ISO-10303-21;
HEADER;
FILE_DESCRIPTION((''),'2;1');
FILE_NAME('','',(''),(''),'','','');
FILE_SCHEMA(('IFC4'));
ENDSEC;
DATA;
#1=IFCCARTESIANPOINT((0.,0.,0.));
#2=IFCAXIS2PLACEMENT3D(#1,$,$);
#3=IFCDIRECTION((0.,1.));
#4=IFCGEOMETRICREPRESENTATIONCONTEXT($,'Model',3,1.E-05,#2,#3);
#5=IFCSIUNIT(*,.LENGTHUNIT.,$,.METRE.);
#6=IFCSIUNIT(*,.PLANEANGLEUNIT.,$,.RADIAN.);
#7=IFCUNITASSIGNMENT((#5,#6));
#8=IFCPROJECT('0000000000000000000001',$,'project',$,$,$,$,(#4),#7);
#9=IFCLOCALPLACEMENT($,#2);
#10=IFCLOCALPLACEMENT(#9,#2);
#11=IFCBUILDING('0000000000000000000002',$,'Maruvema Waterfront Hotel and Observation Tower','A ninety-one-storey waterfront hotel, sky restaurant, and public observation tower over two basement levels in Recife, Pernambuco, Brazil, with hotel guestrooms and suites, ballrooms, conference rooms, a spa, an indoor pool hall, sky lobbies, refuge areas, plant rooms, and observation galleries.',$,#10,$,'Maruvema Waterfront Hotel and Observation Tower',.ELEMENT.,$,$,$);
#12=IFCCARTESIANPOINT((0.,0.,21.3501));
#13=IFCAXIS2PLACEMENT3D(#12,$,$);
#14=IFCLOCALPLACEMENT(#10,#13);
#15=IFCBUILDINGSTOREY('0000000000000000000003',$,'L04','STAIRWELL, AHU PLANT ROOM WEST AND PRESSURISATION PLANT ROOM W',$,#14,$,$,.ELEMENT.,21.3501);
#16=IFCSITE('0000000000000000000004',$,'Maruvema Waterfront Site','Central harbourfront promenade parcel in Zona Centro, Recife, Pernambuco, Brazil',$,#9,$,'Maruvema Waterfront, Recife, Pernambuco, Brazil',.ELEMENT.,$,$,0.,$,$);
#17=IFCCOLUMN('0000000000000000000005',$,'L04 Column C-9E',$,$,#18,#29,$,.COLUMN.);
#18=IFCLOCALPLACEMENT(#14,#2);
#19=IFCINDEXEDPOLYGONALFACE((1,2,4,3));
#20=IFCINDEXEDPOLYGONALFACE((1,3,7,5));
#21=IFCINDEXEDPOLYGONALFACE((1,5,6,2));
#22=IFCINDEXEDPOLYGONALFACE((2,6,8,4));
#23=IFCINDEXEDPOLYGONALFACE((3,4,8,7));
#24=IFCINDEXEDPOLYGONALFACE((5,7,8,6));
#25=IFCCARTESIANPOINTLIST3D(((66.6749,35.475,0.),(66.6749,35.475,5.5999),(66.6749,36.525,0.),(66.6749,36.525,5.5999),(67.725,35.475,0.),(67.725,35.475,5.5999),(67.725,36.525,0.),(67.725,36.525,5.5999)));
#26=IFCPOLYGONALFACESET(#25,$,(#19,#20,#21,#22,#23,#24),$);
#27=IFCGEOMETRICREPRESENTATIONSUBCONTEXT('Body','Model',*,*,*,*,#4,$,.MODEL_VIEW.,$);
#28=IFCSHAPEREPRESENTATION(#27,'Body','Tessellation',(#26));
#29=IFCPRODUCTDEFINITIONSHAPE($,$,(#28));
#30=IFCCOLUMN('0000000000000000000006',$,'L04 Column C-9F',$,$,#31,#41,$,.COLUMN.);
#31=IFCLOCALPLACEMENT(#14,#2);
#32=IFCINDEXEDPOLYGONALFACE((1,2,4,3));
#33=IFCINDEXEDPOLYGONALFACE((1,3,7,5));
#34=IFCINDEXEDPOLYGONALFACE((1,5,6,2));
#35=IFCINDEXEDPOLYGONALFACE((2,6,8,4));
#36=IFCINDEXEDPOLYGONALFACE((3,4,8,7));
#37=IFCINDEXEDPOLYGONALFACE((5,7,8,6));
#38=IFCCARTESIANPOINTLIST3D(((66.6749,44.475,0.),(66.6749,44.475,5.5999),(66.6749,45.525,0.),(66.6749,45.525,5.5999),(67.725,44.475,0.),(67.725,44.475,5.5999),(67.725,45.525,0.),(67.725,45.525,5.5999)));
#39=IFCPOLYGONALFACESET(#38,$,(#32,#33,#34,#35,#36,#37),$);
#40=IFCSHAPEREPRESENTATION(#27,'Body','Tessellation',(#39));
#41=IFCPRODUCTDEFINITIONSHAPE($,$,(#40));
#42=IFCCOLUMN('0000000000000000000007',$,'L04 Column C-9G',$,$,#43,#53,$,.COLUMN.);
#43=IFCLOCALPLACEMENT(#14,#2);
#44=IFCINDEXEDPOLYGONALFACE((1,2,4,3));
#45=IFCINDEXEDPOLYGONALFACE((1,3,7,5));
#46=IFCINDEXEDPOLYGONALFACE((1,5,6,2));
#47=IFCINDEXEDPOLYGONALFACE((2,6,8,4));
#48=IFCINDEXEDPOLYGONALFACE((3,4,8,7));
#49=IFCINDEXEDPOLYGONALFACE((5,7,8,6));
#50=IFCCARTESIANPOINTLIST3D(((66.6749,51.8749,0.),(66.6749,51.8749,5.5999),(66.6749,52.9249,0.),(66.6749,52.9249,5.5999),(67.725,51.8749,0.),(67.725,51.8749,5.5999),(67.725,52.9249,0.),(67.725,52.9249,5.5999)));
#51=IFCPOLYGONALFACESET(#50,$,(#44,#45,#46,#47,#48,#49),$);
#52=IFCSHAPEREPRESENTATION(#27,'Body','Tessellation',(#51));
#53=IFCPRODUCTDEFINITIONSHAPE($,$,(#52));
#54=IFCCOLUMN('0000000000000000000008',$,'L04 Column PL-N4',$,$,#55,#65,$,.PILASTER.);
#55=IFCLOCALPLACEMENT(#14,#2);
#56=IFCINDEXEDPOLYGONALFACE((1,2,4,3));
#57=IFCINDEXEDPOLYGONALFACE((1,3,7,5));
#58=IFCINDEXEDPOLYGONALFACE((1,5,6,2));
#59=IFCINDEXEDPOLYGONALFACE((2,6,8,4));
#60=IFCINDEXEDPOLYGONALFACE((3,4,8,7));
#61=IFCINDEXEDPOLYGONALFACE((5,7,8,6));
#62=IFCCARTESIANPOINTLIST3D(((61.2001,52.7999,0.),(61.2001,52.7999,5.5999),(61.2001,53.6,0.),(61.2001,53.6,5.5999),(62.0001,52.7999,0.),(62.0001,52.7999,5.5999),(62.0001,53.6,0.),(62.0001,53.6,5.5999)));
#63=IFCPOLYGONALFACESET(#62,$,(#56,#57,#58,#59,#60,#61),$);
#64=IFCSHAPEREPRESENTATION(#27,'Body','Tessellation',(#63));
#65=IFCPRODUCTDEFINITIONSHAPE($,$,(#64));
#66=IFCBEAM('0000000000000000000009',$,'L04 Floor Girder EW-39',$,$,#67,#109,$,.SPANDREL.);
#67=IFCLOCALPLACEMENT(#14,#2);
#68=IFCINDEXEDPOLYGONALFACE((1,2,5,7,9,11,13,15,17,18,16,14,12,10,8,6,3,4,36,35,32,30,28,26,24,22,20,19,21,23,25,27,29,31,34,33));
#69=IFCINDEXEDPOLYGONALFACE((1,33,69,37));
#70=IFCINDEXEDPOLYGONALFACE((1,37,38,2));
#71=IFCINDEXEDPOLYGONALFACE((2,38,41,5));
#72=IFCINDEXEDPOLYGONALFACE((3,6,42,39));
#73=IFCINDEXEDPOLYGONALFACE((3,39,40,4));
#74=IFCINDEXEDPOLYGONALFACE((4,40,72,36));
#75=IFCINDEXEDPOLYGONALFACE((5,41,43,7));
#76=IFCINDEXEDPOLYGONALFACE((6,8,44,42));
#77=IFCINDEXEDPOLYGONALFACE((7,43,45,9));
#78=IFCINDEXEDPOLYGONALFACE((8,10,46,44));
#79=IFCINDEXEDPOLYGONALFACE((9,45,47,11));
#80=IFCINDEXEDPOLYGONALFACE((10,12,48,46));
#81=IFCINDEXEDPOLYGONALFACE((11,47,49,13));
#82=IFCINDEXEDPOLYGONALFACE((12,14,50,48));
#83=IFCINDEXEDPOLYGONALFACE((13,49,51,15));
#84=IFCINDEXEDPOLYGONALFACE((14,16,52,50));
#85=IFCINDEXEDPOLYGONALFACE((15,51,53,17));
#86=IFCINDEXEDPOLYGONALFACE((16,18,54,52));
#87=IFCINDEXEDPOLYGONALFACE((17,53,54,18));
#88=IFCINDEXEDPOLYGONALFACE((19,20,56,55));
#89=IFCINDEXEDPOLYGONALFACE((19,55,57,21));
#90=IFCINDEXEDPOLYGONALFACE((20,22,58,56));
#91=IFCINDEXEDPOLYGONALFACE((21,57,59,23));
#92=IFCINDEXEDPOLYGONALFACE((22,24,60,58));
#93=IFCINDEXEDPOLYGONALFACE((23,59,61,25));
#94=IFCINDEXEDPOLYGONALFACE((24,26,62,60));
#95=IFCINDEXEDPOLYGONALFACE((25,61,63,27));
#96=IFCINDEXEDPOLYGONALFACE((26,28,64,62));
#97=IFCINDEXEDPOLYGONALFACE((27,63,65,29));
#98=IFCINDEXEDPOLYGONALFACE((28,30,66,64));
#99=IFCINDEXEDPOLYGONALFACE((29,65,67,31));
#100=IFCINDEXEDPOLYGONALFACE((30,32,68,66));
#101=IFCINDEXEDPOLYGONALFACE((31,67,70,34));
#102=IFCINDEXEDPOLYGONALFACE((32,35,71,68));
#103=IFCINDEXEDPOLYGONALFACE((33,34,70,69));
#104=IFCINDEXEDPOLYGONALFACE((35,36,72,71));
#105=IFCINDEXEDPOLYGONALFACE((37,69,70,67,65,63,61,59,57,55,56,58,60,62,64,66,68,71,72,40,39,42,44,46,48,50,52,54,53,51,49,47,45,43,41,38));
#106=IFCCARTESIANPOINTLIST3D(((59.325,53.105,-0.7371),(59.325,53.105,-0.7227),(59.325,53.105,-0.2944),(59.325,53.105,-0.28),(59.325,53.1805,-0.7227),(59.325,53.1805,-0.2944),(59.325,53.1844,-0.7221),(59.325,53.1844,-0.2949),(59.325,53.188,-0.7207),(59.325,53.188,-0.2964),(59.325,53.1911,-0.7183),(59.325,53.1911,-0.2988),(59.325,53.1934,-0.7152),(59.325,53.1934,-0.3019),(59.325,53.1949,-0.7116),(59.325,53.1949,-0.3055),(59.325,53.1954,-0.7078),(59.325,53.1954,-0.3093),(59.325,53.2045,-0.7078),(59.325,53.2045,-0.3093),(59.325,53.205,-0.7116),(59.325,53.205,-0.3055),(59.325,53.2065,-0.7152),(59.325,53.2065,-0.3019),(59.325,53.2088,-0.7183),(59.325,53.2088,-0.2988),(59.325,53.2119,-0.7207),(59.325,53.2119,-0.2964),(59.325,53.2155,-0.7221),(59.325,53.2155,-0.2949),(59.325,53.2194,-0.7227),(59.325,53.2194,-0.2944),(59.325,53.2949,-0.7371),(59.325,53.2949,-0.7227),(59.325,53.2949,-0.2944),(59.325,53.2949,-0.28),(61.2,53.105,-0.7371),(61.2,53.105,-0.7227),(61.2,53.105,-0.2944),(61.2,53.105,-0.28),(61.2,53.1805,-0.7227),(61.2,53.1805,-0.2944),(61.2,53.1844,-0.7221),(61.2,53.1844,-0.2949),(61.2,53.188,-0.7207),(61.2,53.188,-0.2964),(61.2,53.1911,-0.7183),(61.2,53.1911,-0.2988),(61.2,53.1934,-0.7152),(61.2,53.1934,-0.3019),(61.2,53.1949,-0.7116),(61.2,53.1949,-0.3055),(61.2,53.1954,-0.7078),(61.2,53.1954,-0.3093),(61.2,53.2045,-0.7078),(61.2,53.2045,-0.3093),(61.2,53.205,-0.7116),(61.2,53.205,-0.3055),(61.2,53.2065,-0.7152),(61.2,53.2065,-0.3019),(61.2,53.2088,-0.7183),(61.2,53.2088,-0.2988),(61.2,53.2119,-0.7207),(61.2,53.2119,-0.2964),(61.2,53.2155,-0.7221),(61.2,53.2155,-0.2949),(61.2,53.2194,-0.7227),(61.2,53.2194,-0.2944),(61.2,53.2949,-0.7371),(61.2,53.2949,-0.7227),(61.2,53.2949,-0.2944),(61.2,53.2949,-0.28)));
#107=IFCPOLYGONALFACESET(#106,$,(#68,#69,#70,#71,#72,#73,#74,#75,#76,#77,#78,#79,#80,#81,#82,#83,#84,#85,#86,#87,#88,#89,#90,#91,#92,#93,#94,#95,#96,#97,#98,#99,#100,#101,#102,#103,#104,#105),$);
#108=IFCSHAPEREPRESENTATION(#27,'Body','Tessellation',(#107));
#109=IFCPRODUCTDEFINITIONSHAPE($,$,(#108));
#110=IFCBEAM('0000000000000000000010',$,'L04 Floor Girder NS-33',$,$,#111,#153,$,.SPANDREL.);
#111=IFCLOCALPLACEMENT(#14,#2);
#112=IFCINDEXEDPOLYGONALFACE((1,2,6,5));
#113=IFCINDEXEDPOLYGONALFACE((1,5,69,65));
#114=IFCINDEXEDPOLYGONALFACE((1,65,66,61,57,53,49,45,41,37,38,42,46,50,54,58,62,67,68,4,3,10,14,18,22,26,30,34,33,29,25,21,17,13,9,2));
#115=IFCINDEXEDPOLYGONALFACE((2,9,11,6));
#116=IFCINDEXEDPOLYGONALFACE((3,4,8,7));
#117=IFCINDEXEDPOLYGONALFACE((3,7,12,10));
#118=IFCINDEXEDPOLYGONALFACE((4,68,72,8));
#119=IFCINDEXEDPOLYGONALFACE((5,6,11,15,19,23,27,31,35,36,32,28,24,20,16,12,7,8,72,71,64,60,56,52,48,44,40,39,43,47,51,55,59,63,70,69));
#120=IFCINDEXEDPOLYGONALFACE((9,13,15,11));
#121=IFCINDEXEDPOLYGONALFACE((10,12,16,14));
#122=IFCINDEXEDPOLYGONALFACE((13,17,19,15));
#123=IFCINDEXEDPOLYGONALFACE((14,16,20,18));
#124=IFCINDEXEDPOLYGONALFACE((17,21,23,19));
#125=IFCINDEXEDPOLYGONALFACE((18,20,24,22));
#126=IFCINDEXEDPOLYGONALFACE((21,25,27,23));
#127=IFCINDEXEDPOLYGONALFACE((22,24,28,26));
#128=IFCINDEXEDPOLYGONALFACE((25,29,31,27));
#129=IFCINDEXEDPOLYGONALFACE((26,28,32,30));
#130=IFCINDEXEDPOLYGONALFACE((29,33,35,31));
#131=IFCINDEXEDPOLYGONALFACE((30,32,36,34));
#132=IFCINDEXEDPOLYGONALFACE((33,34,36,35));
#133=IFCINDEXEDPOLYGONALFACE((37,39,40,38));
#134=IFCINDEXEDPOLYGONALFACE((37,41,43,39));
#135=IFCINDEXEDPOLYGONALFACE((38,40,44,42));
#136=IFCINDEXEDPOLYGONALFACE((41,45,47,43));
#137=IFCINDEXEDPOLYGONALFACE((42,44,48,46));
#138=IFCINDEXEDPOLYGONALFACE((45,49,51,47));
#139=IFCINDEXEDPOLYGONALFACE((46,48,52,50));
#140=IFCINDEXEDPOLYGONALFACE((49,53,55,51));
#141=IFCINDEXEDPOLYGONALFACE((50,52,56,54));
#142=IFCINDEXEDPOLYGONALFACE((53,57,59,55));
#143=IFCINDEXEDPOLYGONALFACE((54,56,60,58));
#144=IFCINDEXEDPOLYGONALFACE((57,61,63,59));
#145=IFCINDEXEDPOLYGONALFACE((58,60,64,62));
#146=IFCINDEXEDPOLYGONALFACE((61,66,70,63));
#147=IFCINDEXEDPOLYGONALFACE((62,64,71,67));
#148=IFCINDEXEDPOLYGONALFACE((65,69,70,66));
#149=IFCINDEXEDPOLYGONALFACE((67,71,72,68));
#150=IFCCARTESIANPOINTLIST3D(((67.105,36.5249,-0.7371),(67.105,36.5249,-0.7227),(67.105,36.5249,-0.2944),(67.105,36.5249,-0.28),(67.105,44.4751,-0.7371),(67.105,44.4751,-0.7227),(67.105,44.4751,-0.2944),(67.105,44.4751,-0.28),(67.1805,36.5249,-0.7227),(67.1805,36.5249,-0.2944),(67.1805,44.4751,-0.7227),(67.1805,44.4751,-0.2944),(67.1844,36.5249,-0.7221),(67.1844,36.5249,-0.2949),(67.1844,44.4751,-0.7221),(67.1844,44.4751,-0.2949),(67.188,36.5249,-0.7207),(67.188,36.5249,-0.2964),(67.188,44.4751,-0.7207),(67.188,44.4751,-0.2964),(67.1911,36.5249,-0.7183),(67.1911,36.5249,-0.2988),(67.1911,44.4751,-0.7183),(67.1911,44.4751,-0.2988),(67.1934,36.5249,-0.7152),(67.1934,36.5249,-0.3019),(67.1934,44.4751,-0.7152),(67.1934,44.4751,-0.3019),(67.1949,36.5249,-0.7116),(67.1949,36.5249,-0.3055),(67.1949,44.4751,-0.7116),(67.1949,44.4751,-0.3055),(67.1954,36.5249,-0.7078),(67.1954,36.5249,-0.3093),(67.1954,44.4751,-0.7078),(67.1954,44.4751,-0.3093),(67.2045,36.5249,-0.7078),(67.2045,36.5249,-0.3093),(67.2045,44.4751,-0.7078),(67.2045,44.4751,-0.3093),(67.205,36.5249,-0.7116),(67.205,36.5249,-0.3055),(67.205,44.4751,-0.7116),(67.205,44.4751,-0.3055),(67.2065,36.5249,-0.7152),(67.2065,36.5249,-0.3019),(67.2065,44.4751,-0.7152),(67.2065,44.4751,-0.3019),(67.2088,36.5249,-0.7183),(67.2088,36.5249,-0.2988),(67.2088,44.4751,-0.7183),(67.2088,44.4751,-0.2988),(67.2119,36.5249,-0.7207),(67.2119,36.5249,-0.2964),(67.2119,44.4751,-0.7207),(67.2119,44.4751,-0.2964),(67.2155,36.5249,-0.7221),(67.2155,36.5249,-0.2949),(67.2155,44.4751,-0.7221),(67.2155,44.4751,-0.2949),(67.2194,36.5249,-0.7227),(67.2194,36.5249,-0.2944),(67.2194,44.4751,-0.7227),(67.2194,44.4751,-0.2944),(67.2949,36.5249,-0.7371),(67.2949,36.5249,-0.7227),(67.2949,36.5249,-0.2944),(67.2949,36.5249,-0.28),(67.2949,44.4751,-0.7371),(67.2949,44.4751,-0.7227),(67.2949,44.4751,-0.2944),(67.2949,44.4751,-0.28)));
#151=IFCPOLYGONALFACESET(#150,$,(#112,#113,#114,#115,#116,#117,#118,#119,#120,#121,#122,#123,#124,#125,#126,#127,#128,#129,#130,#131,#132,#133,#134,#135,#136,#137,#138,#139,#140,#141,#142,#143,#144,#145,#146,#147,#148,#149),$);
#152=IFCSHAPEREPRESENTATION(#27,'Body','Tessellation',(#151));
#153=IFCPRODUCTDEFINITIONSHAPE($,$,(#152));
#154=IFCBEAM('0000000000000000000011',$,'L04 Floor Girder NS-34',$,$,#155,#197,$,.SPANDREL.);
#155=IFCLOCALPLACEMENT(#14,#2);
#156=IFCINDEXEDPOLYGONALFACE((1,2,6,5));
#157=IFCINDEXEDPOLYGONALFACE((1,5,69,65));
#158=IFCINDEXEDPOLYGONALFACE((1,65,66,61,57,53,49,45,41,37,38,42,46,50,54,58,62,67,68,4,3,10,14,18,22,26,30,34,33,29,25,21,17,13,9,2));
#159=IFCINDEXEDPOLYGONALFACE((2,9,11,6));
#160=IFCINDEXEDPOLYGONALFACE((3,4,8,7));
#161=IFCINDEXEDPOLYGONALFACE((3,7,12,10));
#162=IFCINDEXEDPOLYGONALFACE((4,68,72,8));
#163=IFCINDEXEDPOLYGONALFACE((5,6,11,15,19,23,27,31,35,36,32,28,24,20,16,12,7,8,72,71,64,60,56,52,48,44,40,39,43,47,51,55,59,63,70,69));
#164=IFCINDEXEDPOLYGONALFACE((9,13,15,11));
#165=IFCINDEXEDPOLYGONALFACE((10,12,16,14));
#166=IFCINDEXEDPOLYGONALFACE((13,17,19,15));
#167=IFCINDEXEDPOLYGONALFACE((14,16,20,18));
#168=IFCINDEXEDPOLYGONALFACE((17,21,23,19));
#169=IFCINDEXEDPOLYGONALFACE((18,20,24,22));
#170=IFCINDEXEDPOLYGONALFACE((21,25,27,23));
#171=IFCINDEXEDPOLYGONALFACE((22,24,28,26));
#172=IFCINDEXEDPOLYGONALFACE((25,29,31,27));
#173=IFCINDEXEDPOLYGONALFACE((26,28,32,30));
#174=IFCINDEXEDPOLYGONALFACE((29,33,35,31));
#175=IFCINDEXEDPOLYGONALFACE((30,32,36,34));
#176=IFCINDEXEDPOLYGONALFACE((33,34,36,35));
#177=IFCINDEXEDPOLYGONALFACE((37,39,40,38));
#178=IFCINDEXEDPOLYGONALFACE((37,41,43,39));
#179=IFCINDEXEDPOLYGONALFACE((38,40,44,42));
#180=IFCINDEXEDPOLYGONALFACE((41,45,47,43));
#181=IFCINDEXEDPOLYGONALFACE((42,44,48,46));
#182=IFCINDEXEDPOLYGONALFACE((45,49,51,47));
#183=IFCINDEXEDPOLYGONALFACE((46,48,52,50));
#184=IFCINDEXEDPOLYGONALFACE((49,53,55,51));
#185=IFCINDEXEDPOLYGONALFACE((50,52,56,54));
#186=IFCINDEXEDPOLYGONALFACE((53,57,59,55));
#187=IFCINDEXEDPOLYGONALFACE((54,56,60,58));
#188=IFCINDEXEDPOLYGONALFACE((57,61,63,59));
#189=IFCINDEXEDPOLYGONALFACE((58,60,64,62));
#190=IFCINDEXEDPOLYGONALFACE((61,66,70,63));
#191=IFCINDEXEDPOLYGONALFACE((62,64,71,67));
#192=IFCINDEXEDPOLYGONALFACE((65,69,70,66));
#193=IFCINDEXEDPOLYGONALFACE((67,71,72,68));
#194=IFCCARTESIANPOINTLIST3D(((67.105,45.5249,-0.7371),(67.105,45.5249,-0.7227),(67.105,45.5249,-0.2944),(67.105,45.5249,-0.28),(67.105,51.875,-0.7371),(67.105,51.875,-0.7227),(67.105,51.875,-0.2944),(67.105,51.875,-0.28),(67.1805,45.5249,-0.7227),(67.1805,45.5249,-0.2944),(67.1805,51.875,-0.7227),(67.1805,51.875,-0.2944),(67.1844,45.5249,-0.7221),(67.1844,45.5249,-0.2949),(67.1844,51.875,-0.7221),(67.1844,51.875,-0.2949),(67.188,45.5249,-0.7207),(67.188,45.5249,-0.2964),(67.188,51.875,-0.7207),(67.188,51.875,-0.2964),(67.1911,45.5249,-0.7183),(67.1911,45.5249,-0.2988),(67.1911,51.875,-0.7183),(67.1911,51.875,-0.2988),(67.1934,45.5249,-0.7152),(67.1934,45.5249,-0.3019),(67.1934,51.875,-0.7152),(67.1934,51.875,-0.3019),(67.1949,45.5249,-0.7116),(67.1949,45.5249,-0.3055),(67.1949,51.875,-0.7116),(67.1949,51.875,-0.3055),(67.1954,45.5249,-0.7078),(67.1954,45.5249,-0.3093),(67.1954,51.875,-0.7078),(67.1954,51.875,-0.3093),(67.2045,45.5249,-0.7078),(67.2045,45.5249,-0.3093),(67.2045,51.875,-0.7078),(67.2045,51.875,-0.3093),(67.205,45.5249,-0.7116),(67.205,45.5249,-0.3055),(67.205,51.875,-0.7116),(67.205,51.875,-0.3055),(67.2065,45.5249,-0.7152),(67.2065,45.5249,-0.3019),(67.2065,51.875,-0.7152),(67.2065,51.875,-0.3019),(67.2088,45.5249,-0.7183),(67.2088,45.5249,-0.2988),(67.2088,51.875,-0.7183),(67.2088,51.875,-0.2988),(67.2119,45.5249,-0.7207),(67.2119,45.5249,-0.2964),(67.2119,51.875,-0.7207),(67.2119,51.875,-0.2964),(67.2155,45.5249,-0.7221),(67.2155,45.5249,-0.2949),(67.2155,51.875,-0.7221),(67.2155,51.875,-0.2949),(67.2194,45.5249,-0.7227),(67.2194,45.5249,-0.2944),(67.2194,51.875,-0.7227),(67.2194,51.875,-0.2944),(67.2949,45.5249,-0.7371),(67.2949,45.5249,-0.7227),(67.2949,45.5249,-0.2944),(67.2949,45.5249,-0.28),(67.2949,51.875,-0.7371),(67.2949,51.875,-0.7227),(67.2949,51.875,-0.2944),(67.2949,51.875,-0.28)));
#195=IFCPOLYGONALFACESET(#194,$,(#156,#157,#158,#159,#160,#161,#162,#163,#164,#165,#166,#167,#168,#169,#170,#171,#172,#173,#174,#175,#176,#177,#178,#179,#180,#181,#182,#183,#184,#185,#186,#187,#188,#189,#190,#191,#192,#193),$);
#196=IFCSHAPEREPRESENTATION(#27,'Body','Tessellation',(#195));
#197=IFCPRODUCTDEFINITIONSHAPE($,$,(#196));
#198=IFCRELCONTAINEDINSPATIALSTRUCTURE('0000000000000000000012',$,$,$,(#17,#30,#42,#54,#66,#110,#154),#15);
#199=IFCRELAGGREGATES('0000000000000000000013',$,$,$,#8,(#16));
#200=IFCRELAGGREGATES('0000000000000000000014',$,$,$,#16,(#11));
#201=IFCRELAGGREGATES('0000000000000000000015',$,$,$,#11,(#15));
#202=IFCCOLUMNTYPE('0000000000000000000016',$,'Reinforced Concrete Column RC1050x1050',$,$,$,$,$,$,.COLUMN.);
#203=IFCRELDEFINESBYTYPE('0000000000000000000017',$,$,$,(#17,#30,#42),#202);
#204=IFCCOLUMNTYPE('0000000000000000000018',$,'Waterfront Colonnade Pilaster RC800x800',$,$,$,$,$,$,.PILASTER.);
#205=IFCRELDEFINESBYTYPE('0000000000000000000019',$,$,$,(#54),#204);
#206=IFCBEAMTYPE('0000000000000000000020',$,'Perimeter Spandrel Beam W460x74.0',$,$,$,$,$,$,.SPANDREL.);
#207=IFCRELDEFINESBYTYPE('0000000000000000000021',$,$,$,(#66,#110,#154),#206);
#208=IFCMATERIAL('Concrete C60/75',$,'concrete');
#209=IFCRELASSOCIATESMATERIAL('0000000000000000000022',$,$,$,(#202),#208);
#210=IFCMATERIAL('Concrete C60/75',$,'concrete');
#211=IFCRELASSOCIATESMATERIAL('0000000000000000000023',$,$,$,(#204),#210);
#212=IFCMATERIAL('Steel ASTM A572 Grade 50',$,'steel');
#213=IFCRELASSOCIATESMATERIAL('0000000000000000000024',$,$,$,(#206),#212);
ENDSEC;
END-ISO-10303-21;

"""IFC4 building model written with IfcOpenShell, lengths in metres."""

from ifc_helpers import new_model, si_unit, direction, frame, origin, origin_2d, place, context, subcontext, project, spatial, rectangle, i_section, extrude, material, material_profile, profile_set, type_object, element, save


model = new_model("IFC4")

# Units and contexts
model_context = context("Model", 3, precision=1e-05, world=origin(), true_north=direction((0.0, 1.0)))
body_context = subcontext(model_context, "Body", "Model", "MODEL_VIEW")
ifc_project = project(units=[si_unit("LENGTHUNIT", "METRE"), si_unit("PLANEANGLEUNIT", "RADIAN")], contexts=[model_context])

# Site, building, storey
site_placement = place(None, origin())
site = spatial("IfcSite", under=ifc_project, at=site_placement, Name="Maruvema Waterfront Site", Description="Central harbourfront promenade parcel in Zona Centro, Recife, Pernambuco, Brazil", LongName="Maruvema Waterfront, Recife, Pernambuco, Brazil", CompositionType="ELEMENT", RefElevation=0.0)
building_placement = place(site_placement, origin())
building = spatial("IfcBuilding", under=site, at=building_placement, Name="Maruvema Waterfront Hotel and Observation Tower", Description="A ninety-one-storey waterfront hotel, sky restaurant, and public observation tower over two basement levels in Recife, Pernambuco, Brazil, with hotel guestrooms and suites, ballrooms, conference rooms, a spa, an indoor pool hall, sky lobbies, refuge areas, plant rooms, and observation galleries.", LongName="Maruvema Waterfront Hotel and Observation Tower", CompositionType="ELEMENT")
storey_placement = place(building_placement, frame((0.0, 0.0, 21.3501)))
storey = spatial("IfcBuildingStorey", under=building, at=storey_placement, Name="L04", Description="STAIRWELL, AHU PLANT ROOM WEST AND PRESSURISATION PLANT ROOM W", CompositionType="ELEMENT", Elevation=21.3501)

# Columns
ifc_material_1 = material(Name="Concrete C60/75", Category="concrete")
ifc_material_profile_1 = material_profile(ifc_material_1, rectangle(XDim=1.05, YDim=1.05, at=origin_2d()), Name="RC1050x1050")
ifc_profile_set_1 = profile_set([ifc_material_profile_1], Name="Concrete C60/75")
column_type_1 = type_object("IfcColumnType", Name="Reinforced Concrete Column RC1050x1050", PredefinedType="COLUMN", material=ifc_profile_set_1)
for number, where, z_axis, x_axis, name in (
    (1, (67.2, 36.0, 0.0), (0.0, 0.0, 1.0), (1.0, 0.0, 0.0), "L04 Column C-9E"),
    (2, (67.2, 45.0, 0.0), (0.0, 0.0, 1.0), (1.0, 0.0, 0.0), "L04 Column C-9F"),
    (3, (67.2, 52.3999, 0.0), (0.0, 0.0, 1.0), (1.0, 0.0, 0.0), "L04 Column C-9G"),
):
    element("IfcColumn", number, at=place(storey_placement, frame(where, z_axis=z_axis, x_axis=x_axis)), inside=storey, type_object=column_type_1, Name=name, PredefinedType="COLUMN", context=body_context, shape_type="SweptSolid", body=[
        extrude(rectangle(XDim=1.05, YDim=1.05, at=origin_2d()), origin(), (0.0, 0.0, 1.0), 5.5999),
    ])
ifc_material_2 = material(Name="Concrete C60/75", Category="concrete")
ifc_material_profile_2 = material_profile(ifc_material_2, rectangle(XDim=0.8, YDim=0.8, at=origin_2d()), Name="RC800x800")
ifc_profile_set_2 = profile_set([ifc_material_profile_2], Name="Concrete C60/75")
column_type_2 = type_object("IfcColumnType", Name="Waterfront Colonnade Pilaster RC800x800", PredefinedType="PILASTER", material=ifc_profile_set_2)
column_placement = place(storey_placement, frame((61.6001, 53.2, 0.0), z_axis=(0.0, 0.0, 1.0), x_axis=(1.0, 0.0, 0.0)))
element("IfcColumn", 4, at=column_placement, inside=storey, type_object=column_type_2, Name="L04 Column PL-N4", PredefinedType="PILASTER", context=body_context, shape_type="SweptSolid", body=[
    extrude(rectangle(XDim=0.8, YDim=0.8, at=origin_2d()), origin(), (0.0, 0.0, 1.0), 5.5999),
])

# Beams
ifc_material_3 = material(Name="Steel ASTM A572 Grade 50", Category="steel")
ifc_material_profile_3 = material_profile(ifc_material_3, i_section(OverallWidth=0.1899, OverallDepth=0.457, WebThickness=0.009, FlangeThickness=0.0144, FilletRadius=0.0149, at=origin_2d()), Name="W460x74.0")
ifc_profile_set_3 = profile_set([ifc_material_profile_3], Name="Steel ASTM A572 Grade 50")
beam_type_1 = type_object("IfcBeamType", Name="Perimeter Spandrel Beam W460x74.0", PredefinedType="SPANDREL", material=ifc_profile_set_3)
beam_1_placement = place(storey_placement, frame((59.325, 53.2, -0.5085), z_axis=(1.0, 0.0, 0.0), x_axis=(0.0, 1.0, 0.0)))
element("IfcBeam", 5, at=beam_1_placement, inside=storey, type_object=beam_type_1, Name="L04 Floor Girder EW-39", PredefinedType="SPANDREL", context=body_context, shape_type="SweptSolid", body=[
    extrude(i_section(OverallWidth=0.1899, OverallDepth=0.457, WebThickness=0.009, FlangeThickness=0.0144, FilletRadius=0.0149, at=origin_2d()), origin(), (0.0, 0.0, 1.0), 1.875),
])
beam_2_placement = place(storey_placement, frame((67.2, 36.5249, -0.5085), z_axis=(0.0, 1.0, 0.0), x_axis=(-1.0, 0.0, 0.0)))
element("IfcBeam", 6, at=beam_2_placement, inside=storey, type_object=beam_type_1, Name="L04 Floor Girder NS-33", PredefinedType="SPANDREL", context=body_context, shape_type="SweptSolid", body=[
    extrude(i_section(OverallWidth=0.1899, OverallDepth=0.457, WebThickness=0.009, FlangeThickness=0.0144, FilletRadius=0.0149, at=origin_2d()), origin(), (0.0, 0.0, 1.0), 7.9502),
])
beam_3_placement = place(storey_placement, frame((67.2, 45.5249, -0.5085), z_axis=(0.0, 1.0, 0.0), x_axis=(-1.0, 0.0, 0.0)))
element("IfcBeam", 7, at=beam_3_placement, inside=storey, type_object=beam_type_1, Name="L04 Floor Girder NS-34", PredefinedType="SPANDREL", context=body_context, shape_type="SweptSolid", body=[
    extrude(i_section(OverallWidth=0.1899, OverallDepth=0.457, WebThickness=0.009, FlangeThickness=0.0144, FilletRadius=0.0149, at=origin_2d()), origin(), (0.0, 0.0, 1.0), 6.3501),
])

save(model, "model.ifc")
